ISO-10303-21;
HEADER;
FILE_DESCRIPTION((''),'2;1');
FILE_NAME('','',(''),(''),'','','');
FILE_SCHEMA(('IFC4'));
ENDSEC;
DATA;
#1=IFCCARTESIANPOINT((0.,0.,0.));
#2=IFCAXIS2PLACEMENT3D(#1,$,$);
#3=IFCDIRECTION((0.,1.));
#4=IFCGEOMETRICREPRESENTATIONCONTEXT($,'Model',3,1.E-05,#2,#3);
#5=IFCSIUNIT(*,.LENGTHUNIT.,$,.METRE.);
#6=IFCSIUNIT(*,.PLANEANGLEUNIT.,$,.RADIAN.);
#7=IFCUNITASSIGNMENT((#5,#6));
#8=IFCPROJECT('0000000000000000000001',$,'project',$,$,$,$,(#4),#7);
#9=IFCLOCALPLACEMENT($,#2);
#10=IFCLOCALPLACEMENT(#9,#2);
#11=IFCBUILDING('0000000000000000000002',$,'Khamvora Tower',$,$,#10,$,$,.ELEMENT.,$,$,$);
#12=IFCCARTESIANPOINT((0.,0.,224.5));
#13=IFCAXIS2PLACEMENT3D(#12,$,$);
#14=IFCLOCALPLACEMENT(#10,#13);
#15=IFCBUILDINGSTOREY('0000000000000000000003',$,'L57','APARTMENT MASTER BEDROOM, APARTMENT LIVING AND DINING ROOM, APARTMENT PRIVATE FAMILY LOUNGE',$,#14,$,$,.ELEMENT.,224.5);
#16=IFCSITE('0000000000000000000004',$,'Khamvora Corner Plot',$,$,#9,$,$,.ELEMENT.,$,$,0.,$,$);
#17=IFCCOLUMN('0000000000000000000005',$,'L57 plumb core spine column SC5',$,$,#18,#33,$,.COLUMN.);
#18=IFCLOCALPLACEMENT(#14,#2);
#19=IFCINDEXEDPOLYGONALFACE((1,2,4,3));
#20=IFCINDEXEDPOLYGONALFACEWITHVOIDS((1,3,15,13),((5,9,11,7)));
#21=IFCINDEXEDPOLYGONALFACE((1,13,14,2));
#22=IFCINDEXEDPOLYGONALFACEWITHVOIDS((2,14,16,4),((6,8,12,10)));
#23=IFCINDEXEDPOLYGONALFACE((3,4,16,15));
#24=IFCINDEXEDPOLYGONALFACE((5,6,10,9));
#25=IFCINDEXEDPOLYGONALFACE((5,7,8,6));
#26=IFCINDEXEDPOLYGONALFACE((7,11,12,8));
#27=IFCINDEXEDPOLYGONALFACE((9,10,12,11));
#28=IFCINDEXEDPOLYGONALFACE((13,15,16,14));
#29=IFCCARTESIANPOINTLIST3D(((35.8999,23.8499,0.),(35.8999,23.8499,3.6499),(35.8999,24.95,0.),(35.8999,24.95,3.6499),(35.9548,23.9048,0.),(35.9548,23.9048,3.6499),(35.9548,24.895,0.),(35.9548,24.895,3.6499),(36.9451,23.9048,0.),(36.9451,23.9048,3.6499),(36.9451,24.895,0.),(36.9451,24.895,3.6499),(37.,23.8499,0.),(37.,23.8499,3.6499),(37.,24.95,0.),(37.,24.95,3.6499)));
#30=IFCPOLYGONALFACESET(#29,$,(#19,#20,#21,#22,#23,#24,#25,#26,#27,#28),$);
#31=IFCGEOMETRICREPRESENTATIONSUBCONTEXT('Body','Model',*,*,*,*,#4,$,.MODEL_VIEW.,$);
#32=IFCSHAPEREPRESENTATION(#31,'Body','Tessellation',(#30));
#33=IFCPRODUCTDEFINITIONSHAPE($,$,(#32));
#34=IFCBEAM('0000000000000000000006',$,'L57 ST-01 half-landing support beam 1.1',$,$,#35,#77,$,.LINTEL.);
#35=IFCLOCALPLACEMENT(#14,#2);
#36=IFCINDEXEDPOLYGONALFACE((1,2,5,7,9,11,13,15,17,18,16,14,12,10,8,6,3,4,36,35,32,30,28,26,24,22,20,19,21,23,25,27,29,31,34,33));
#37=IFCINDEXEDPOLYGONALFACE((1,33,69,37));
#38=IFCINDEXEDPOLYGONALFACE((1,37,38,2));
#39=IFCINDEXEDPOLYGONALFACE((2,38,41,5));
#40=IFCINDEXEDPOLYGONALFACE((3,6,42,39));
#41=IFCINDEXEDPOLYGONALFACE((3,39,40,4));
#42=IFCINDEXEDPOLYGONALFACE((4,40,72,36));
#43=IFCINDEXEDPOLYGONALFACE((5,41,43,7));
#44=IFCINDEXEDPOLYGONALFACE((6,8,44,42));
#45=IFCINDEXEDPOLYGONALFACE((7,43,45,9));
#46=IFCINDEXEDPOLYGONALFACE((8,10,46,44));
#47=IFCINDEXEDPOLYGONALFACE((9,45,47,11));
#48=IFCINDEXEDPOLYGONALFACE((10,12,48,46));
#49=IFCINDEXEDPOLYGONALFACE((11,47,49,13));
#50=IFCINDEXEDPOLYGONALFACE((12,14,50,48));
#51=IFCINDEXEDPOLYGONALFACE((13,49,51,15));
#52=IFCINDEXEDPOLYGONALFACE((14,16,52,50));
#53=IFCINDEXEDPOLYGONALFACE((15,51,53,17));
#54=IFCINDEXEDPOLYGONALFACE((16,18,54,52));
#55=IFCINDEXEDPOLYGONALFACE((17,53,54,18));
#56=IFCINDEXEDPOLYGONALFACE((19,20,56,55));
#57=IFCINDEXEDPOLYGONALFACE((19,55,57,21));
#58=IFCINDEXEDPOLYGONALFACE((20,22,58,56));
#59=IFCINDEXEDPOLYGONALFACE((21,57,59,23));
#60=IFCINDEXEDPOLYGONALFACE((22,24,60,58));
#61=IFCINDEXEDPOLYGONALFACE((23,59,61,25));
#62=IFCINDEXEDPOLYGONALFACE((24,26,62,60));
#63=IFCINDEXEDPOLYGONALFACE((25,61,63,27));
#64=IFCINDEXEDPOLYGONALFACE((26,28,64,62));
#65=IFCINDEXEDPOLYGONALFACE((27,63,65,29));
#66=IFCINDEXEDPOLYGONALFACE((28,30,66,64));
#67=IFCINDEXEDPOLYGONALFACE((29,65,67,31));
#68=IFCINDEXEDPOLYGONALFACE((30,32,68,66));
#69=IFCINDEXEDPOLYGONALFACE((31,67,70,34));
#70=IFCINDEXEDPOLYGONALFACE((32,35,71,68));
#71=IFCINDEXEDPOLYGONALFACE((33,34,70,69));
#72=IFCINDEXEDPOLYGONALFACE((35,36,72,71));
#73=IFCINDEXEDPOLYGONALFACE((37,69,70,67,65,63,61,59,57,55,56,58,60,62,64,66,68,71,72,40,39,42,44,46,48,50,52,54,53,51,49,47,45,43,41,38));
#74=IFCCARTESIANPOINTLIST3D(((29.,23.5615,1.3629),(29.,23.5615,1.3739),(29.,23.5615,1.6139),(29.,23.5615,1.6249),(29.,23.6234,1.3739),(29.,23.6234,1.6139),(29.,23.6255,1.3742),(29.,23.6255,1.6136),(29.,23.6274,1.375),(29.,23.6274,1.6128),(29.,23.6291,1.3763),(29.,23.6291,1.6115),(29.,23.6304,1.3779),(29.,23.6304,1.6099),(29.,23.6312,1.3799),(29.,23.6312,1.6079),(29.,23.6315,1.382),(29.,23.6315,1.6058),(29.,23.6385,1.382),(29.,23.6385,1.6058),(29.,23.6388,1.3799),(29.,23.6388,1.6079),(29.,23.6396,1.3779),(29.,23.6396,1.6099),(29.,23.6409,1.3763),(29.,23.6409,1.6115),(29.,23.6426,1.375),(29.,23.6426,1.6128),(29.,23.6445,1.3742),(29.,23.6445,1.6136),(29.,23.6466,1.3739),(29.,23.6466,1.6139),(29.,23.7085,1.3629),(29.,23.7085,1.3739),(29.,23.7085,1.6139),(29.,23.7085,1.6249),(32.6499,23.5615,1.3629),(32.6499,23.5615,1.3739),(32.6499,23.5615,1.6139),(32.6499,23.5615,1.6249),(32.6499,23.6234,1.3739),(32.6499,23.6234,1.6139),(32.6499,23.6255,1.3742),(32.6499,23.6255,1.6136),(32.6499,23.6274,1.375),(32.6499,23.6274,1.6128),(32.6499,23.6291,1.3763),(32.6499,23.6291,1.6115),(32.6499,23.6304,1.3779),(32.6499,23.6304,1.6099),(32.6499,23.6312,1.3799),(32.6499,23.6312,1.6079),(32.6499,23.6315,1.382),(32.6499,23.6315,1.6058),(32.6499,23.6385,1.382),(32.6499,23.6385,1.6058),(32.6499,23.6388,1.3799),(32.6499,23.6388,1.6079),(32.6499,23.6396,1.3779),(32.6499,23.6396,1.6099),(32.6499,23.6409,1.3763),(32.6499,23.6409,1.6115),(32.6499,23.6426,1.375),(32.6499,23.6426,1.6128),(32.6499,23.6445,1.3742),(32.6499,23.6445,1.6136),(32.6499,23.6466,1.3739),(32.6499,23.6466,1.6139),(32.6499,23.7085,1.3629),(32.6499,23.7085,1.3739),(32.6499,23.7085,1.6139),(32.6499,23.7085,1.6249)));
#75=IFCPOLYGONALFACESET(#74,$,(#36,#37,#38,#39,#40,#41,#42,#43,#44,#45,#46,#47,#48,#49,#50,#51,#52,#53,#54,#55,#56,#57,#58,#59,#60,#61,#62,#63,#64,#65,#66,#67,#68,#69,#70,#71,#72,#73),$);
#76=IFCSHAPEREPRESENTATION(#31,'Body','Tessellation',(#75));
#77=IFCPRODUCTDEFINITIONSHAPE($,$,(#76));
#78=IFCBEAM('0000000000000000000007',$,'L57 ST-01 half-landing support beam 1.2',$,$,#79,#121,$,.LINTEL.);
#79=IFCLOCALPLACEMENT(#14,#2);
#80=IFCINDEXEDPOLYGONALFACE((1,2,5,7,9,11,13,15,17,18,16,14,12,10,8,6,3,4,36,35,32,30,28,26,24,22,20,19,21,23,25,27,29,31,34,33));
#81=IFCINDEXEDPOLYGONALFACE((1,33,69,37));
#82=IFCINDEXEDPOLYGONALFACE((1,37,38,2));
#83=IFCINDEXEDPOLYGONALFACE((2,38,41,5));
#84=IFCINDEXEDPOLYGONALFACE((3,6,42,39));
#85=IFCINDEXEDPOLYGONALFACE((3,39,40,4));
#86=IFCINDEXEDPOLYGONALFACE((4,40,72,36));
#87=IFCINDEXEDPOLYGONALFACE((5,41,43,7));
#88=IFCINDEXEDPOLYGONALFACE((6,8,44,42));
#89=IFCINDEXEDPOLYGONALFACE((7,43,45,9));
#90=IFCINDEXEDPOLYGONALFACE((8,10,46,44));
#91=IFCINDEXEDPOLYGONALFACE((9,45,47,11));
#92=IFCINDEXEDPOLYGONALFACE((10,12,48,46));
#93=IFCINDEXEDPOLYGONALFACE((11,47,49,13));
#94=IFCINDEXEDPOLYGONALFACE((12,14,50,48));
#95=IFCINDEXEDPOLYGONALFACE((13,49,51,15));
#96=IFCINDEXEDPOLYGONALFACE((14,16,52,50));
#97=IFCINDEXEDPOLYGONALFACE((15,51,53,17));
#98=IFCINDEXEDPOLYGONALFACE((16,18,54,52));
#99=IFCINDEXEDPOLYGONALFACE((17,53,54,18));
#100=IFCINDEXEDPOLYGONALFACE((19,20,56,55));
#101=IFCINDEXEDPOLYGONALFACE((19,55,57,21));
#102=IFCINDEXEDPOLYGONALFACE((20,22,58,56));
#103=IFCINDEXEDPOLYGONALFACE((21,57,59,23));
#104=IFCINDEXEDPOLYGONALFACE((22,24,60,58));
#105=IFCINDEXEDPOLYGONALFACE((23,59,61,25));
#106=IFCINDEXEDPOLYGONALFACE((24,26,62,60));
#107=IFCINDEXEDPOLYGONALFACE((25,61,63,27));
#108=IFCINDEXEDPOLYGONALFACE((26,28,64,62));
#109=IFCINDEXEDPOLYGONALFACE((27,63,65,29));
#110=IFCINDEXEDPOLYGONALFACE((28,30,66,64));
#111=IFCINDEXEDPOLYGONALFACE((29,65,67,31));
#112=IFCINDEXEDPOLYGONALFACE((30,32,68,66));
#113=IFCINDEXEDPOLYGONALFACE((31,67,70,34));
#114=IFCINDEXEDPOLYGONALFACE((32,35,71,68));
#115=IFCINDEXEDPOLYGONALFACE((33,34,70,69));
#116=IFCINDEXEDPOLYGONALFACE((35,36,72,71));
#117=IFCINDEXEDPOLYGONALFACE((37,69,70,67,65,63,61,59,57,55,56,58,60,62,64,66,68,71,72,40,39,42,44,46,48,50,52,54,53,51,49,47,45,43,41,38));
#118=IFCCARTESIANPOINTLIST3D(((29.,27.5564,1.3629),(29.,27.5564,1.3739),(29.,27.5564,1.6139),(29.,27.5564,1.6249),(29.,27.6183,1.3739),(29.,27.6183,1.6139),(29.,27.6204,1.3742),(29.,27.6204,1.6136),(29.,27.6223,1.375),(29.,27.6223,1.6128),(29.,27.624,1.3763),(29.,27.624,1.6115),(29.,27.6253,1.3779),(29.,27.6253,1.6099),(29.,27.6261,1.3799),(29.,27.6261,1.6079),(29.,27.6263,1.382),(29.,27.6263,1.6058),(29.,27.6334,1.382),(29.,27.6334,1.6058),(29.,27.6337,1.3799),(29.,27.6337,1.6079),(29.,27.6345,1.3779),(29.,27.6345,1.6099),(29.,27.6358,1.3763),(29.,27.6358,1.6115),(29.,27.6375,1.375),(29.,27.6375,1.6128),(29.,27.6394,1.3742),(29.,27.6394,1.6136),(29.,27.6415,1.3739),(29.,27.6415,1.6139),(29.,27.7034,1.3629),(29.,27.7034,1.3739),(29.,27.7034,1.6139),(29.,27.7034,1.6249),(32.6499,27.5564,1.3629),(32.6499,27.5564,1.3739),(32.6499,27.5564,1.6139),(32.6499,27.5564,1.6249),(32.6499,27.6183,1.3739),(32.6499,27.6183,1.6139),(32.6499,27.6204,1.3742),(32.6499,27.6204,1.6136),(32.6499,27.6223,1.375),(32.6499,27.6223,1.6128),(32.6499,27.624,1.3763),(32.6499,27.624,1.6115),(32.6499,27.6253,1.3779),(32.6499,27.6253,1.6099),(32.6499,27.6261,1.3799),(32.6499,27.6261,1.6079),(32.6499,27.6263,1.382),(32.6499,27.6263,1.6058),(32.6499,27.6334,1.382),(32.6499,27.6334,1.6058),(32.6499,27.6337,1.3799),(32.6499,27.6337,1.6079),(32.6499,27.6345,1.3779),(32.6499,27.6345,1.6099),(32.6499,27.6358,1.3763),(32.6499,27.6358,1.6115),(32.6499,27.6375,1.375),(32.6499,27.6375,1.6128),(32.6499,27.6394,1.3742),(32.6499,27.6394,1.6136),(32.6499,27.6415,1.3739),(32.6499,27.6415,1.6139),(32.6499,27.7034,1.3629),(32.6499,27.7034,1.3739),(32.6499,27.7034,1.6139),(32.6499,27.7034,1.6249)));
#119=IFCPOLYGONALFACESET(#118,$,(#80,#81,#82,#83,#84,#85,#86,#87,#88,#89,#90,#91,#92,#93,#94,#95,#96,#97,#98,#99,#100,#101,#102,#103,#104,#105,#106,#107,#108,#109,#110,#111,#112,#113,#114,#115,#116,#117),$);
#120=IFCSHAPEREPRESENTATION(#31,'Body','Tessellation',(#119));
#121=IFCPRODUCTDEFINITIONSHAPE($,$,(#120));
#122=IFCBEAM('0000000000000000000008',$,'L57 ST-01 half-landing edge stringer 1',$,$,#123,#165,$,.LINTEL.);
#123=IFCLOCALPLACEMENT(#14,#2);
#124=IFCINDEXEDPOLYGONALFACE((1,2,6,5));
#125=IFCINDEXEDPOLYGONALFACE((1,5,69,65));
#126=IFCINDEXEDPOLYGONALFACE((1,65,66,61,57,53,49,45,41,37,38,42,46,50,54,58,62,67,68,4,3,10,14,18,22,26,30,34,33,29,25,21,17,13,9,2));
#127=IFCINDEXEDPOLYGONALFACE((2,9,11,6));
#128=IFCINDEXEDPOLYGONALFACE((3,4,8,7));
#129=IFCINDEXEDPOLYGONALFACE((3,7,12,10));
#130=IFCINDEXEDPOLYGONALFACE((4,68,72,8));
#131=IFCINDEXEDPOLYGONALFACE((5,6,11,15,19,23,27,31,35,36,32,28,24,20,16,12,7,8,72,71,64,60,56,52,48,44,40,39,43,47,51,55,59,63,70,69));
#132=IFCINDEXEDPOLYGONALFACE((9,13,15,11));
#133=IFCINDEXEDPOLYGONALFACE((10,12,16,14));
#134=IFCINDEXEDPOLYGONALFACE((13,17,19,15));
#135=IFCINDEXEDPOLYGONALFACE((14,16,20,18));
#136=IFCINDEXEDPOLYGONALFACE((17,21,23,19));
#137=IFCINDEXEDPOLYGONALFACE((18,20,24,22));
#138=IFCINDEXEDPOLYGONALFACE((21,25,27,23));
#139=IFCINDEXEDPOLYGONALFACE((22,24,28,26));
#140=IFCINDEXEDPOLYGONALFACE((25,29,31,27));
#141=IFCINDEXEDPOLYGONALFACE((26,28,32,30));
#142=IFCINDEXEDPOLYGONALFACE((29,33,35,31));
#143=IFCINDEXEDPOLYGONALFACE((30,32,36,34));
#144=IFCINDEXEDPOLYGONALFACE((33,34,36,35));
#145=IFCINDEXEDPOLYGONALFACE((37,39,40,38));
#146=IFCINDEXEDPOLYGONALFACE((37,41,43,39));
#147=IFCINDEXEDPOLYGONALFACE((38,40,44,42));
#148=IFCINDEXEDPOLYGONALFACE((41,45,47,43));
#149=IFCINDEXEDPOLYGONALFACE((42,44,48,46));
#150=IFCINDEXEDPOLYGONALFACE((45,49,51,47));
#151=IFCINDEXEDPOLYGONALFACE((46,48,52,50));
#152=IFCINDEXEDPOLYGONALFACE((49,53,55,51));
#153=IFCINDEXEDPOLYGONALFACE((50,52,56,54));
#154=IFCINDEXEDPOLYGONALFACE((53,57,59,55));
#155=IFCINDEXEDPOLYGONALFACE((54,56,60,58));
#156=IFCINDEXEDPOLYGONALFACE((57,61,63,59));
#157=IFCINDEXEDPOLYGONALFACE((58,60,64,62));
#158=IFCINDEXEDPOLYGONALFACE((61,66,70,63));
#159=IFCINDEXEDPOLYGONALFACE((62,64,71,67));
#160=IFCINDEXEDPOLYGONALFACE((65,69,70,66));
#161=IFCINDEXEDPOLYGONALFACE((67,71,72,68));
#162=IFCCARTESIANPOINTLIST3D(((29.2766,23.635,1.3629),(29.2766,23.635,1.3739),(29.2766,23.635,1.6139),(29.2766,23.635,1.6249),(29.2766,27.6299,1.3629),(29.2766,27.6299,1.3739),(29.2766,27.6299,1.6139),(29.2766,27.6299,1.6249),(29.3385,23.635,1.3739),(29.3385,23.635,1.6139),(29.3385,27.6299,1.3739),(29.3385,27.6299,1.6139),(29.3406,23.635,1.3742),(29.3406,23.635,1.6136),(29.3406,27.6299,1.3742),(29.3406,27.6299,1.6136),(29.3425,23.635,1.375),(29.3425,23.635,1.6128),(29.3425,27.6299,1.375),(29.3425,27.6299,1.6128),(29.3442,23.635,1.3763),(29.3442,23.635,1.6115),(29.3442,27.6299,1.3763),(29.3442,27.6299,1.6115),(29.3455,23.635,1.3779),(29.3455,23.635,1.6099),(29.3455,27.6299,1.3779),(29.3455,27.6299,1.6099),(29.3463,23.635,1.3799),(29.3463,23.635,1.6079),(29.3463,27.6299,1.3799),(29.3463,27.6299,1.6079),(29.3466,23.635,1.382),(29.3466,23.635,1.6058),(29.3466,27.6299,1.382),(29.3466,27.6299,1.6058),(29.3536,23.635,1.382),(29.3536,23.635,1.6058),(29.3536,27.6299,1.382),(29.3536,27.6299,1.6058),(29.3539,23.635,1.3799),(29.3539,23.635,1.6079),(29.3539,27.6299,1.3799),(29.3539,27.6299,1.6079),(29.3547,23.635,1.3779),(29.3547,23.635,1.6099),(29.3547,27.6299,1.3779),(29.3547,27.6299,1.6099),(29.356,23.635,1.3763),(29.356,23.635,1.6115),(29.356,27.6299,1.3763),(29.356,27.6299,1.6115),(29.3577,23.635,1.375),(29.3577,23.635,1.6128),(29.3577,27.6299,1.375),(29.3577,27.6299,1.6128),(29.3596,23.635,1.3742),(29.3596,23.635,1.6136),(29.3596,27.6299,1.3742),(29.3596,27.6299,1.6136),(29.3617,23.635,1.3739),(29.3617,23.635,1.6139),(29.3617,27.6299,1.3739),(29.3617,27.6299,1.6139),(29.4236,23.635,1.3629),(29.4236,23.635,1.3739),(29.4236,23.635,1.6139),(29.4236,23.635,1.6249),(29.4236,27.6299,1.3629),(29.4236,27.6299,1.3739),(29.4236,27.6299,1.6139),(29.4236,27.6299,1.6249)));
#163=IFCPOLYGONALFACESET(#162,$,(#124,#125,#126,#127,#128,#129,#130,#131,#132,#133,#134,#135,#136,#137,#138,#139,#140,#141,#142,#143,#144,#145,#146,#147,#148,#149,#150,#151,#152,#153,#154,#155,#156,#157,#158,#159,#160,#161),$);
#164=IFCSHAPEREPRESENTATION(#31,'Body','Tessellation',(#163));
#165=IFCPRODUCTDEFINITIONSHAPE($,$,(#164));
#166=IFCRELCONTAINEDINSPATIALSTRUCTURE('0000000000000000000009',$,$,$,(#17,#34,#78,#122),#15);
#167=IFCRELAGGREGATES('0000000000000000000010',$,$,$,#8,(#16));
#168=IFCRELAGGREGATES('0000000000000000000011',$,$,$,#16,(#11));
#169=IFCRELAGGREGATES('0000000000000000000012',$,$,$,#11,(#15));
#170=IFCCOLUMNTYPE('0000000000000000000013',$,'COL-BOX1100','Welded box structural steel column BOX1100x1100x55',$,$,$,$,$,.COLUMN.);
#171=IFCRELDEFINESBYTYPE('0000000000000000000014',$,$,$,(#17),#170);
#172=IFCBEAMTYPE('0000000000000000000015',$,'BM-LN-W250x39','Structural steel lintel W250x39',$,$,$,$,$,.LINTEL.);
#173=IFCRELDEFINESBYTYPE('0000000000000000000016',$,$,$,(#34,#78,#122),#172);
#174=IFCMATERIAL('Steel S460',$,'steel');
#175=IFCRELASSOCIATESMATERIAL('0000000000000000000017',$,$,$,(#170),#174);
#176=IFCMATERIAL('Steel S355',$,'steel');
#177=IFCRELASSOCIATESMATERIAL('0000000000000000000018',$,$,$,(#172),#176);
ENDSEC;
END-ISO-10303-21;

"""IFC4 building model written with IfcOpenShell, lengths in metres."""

from ifc_helpers import new_model, si_unit, direction, frame, origin, origin_2d, place, context, subcontext, project, spatial, hollow_rectangle, i_section, extrude, material, material_profile, profile_set, type_object, element, save


model = new_model("IFC4")

# Units and contexts
model_context = context("Model", 3, precision=1e-05, world=origin(), true_north=direction((0.0, 1.0)))
body_context = subcontext(model_context, "Body", "Model", "MODEL_VIEW")
ifc_project = project(units=[si_unit("LENGTHUNIT", "METRE"), si_unit("PLANEANGLEUNIT", "RADIAN")], contexts=[model_context])

# Site, building, storey
site_placement = place(None, origin())
site = spatial("IfcSite", under=ifc_project, at=site_placement, Name="Khamvora Corner Plot", CompositionType="ELEMENT", RefElevation=0.0)
building_placement = place(site_placement, origin())
building = spatial("IfcBuilding", under=site, at=building_placement, Name="Khamvora Tower", CompositionType="ELEMENT")
storey_placement = place(building_placement, frame((0.0, 0.0, 224.5)))
storey = spatial("IfcBuildingStorey", under=building, at=storey_placement, Name="L57", Description="APARTMENT MASTER BEDROOM, APARTMENT LIVING AND DINING ROOM, APARTMENT PRIVATE FAMILY LOUNGE", CompositionType="ELEMENT", Elevation=224.5)

# Column
ifc_material_1 = material(Name="Steel S460", Category="steel")
ifc_material_profile_1 = material_profile(ifc_material_1, hollow_rectangle(XDim=1.1001, YDim=1.1001, WallThickness=0.0549, at=origin_2d()), Name="BOX1100x1100x55")
ifc_profile_set_1 = profile_set([ifc_material_profile_1], Name="Steel S460")
column_type = type_object("IfcColumnType", Name="COL-BOX1100", Description="Welded box structural steel column BOX1100x1100x55", PredefinedType="COLUMN", material=ifc_profile_set_1)
column_placement = place(storey_placement, frame((36.45, 24.3999, 0.0), z_axis=(0.0, 0.0, 1.0), x_axis=(1.0, 0.0, 0.0)))
element("IfcColumn", 1, at=column_placement, inside=storey, type_object=column_type, Name="L57 plumb core spine column SC5", PredefinedType="COLUMN", context=body_context, shape_type="SweptSolid", body=[
    extrude(hollow_rectangle(XDim=1.1001, YDim=1.1001, WallThickness=0.0549, at=origin_2d()), origin(), (0.0, 0.0, 1.0), 3.6499),
])

# Beams
ifc_material_2 = material(Name="Steel S355", Category="steel")
ifc_material_profile_2 = material_profile(ifc_material_2, i_section(OverallWidth=0.147, OverallDepth=0.262, WebThickness=0.0071, FlangeThickness=0.011, FilletRadius=0.0081, at=origin_2d()), Name="W250x39")
ifc_profile_set_2 = profile_set([ifc_material_profile_2], Name="Steel S355")
beam_type_1 = type_object("IfcBeamType", Name="BM-LN-W250x39", Description="Structural steel lintel W250x39", PredefinedType="LINTEL", material=ifc_profile_set_2)
for number, where, z_axis, x_axis, name in (
    (2, (29.0, 23.635, 1.4939), (1.0, 0.0, 0.0), (0.0, 1.0, 0.0), "L57 ST-01 half-landing support beam 1.1"),
    (3, (29.0, 27.6299, 1.4939), (1.0, 0.0, 0.0), (0.0, 1.0, 0.0), "L57 ST-01 half-landing support beam 1.2"),
):
    element("IfcBeam", number, at=place(storey_placement, frame(where, z_axis=z_axis, x_axis=x_axis)), inside=storey, type_object=beam_type_1, Name=name, PredefinedType="LINTEL", context=body_context, shape_type="SweptSolid", body=[
        extrude(i_section(OverallWidth=0.147, OverallDepth=0.262, WebThickness=0.0071, FlangeThickness=0.011, FilletRadius=0.0081, at=origin_2d()), origin(), (0.0, 0.0, 1.0), 3.6499),
    ])
beam_placement = place(storey_placement, frame((29.3501, 23.635, 1.4939), z_axis=(0.0, 1.0, 0.0), x_axis=(-1.0, 0.0, 0.0)))
element("IfcBeam", 4, at=beam_placement, inside=storey, type_object=beam_type_1, Name="L57 ST-01 half-landing edge stringer 1", PredefinedType="LINTEL", context=body_context, shape_type="SweptSolid", body=[
    extrude(i_section(OverallWidth=0.147, OverallDepth=0.262, WebThickness=0.0071, FlangeThickness=0.011, FilletRadius=0.0081, at=origin_2d()), origin(), (0.0, 0.0, 1.0), 3.9949),
])

save(model, "model.ifc")
